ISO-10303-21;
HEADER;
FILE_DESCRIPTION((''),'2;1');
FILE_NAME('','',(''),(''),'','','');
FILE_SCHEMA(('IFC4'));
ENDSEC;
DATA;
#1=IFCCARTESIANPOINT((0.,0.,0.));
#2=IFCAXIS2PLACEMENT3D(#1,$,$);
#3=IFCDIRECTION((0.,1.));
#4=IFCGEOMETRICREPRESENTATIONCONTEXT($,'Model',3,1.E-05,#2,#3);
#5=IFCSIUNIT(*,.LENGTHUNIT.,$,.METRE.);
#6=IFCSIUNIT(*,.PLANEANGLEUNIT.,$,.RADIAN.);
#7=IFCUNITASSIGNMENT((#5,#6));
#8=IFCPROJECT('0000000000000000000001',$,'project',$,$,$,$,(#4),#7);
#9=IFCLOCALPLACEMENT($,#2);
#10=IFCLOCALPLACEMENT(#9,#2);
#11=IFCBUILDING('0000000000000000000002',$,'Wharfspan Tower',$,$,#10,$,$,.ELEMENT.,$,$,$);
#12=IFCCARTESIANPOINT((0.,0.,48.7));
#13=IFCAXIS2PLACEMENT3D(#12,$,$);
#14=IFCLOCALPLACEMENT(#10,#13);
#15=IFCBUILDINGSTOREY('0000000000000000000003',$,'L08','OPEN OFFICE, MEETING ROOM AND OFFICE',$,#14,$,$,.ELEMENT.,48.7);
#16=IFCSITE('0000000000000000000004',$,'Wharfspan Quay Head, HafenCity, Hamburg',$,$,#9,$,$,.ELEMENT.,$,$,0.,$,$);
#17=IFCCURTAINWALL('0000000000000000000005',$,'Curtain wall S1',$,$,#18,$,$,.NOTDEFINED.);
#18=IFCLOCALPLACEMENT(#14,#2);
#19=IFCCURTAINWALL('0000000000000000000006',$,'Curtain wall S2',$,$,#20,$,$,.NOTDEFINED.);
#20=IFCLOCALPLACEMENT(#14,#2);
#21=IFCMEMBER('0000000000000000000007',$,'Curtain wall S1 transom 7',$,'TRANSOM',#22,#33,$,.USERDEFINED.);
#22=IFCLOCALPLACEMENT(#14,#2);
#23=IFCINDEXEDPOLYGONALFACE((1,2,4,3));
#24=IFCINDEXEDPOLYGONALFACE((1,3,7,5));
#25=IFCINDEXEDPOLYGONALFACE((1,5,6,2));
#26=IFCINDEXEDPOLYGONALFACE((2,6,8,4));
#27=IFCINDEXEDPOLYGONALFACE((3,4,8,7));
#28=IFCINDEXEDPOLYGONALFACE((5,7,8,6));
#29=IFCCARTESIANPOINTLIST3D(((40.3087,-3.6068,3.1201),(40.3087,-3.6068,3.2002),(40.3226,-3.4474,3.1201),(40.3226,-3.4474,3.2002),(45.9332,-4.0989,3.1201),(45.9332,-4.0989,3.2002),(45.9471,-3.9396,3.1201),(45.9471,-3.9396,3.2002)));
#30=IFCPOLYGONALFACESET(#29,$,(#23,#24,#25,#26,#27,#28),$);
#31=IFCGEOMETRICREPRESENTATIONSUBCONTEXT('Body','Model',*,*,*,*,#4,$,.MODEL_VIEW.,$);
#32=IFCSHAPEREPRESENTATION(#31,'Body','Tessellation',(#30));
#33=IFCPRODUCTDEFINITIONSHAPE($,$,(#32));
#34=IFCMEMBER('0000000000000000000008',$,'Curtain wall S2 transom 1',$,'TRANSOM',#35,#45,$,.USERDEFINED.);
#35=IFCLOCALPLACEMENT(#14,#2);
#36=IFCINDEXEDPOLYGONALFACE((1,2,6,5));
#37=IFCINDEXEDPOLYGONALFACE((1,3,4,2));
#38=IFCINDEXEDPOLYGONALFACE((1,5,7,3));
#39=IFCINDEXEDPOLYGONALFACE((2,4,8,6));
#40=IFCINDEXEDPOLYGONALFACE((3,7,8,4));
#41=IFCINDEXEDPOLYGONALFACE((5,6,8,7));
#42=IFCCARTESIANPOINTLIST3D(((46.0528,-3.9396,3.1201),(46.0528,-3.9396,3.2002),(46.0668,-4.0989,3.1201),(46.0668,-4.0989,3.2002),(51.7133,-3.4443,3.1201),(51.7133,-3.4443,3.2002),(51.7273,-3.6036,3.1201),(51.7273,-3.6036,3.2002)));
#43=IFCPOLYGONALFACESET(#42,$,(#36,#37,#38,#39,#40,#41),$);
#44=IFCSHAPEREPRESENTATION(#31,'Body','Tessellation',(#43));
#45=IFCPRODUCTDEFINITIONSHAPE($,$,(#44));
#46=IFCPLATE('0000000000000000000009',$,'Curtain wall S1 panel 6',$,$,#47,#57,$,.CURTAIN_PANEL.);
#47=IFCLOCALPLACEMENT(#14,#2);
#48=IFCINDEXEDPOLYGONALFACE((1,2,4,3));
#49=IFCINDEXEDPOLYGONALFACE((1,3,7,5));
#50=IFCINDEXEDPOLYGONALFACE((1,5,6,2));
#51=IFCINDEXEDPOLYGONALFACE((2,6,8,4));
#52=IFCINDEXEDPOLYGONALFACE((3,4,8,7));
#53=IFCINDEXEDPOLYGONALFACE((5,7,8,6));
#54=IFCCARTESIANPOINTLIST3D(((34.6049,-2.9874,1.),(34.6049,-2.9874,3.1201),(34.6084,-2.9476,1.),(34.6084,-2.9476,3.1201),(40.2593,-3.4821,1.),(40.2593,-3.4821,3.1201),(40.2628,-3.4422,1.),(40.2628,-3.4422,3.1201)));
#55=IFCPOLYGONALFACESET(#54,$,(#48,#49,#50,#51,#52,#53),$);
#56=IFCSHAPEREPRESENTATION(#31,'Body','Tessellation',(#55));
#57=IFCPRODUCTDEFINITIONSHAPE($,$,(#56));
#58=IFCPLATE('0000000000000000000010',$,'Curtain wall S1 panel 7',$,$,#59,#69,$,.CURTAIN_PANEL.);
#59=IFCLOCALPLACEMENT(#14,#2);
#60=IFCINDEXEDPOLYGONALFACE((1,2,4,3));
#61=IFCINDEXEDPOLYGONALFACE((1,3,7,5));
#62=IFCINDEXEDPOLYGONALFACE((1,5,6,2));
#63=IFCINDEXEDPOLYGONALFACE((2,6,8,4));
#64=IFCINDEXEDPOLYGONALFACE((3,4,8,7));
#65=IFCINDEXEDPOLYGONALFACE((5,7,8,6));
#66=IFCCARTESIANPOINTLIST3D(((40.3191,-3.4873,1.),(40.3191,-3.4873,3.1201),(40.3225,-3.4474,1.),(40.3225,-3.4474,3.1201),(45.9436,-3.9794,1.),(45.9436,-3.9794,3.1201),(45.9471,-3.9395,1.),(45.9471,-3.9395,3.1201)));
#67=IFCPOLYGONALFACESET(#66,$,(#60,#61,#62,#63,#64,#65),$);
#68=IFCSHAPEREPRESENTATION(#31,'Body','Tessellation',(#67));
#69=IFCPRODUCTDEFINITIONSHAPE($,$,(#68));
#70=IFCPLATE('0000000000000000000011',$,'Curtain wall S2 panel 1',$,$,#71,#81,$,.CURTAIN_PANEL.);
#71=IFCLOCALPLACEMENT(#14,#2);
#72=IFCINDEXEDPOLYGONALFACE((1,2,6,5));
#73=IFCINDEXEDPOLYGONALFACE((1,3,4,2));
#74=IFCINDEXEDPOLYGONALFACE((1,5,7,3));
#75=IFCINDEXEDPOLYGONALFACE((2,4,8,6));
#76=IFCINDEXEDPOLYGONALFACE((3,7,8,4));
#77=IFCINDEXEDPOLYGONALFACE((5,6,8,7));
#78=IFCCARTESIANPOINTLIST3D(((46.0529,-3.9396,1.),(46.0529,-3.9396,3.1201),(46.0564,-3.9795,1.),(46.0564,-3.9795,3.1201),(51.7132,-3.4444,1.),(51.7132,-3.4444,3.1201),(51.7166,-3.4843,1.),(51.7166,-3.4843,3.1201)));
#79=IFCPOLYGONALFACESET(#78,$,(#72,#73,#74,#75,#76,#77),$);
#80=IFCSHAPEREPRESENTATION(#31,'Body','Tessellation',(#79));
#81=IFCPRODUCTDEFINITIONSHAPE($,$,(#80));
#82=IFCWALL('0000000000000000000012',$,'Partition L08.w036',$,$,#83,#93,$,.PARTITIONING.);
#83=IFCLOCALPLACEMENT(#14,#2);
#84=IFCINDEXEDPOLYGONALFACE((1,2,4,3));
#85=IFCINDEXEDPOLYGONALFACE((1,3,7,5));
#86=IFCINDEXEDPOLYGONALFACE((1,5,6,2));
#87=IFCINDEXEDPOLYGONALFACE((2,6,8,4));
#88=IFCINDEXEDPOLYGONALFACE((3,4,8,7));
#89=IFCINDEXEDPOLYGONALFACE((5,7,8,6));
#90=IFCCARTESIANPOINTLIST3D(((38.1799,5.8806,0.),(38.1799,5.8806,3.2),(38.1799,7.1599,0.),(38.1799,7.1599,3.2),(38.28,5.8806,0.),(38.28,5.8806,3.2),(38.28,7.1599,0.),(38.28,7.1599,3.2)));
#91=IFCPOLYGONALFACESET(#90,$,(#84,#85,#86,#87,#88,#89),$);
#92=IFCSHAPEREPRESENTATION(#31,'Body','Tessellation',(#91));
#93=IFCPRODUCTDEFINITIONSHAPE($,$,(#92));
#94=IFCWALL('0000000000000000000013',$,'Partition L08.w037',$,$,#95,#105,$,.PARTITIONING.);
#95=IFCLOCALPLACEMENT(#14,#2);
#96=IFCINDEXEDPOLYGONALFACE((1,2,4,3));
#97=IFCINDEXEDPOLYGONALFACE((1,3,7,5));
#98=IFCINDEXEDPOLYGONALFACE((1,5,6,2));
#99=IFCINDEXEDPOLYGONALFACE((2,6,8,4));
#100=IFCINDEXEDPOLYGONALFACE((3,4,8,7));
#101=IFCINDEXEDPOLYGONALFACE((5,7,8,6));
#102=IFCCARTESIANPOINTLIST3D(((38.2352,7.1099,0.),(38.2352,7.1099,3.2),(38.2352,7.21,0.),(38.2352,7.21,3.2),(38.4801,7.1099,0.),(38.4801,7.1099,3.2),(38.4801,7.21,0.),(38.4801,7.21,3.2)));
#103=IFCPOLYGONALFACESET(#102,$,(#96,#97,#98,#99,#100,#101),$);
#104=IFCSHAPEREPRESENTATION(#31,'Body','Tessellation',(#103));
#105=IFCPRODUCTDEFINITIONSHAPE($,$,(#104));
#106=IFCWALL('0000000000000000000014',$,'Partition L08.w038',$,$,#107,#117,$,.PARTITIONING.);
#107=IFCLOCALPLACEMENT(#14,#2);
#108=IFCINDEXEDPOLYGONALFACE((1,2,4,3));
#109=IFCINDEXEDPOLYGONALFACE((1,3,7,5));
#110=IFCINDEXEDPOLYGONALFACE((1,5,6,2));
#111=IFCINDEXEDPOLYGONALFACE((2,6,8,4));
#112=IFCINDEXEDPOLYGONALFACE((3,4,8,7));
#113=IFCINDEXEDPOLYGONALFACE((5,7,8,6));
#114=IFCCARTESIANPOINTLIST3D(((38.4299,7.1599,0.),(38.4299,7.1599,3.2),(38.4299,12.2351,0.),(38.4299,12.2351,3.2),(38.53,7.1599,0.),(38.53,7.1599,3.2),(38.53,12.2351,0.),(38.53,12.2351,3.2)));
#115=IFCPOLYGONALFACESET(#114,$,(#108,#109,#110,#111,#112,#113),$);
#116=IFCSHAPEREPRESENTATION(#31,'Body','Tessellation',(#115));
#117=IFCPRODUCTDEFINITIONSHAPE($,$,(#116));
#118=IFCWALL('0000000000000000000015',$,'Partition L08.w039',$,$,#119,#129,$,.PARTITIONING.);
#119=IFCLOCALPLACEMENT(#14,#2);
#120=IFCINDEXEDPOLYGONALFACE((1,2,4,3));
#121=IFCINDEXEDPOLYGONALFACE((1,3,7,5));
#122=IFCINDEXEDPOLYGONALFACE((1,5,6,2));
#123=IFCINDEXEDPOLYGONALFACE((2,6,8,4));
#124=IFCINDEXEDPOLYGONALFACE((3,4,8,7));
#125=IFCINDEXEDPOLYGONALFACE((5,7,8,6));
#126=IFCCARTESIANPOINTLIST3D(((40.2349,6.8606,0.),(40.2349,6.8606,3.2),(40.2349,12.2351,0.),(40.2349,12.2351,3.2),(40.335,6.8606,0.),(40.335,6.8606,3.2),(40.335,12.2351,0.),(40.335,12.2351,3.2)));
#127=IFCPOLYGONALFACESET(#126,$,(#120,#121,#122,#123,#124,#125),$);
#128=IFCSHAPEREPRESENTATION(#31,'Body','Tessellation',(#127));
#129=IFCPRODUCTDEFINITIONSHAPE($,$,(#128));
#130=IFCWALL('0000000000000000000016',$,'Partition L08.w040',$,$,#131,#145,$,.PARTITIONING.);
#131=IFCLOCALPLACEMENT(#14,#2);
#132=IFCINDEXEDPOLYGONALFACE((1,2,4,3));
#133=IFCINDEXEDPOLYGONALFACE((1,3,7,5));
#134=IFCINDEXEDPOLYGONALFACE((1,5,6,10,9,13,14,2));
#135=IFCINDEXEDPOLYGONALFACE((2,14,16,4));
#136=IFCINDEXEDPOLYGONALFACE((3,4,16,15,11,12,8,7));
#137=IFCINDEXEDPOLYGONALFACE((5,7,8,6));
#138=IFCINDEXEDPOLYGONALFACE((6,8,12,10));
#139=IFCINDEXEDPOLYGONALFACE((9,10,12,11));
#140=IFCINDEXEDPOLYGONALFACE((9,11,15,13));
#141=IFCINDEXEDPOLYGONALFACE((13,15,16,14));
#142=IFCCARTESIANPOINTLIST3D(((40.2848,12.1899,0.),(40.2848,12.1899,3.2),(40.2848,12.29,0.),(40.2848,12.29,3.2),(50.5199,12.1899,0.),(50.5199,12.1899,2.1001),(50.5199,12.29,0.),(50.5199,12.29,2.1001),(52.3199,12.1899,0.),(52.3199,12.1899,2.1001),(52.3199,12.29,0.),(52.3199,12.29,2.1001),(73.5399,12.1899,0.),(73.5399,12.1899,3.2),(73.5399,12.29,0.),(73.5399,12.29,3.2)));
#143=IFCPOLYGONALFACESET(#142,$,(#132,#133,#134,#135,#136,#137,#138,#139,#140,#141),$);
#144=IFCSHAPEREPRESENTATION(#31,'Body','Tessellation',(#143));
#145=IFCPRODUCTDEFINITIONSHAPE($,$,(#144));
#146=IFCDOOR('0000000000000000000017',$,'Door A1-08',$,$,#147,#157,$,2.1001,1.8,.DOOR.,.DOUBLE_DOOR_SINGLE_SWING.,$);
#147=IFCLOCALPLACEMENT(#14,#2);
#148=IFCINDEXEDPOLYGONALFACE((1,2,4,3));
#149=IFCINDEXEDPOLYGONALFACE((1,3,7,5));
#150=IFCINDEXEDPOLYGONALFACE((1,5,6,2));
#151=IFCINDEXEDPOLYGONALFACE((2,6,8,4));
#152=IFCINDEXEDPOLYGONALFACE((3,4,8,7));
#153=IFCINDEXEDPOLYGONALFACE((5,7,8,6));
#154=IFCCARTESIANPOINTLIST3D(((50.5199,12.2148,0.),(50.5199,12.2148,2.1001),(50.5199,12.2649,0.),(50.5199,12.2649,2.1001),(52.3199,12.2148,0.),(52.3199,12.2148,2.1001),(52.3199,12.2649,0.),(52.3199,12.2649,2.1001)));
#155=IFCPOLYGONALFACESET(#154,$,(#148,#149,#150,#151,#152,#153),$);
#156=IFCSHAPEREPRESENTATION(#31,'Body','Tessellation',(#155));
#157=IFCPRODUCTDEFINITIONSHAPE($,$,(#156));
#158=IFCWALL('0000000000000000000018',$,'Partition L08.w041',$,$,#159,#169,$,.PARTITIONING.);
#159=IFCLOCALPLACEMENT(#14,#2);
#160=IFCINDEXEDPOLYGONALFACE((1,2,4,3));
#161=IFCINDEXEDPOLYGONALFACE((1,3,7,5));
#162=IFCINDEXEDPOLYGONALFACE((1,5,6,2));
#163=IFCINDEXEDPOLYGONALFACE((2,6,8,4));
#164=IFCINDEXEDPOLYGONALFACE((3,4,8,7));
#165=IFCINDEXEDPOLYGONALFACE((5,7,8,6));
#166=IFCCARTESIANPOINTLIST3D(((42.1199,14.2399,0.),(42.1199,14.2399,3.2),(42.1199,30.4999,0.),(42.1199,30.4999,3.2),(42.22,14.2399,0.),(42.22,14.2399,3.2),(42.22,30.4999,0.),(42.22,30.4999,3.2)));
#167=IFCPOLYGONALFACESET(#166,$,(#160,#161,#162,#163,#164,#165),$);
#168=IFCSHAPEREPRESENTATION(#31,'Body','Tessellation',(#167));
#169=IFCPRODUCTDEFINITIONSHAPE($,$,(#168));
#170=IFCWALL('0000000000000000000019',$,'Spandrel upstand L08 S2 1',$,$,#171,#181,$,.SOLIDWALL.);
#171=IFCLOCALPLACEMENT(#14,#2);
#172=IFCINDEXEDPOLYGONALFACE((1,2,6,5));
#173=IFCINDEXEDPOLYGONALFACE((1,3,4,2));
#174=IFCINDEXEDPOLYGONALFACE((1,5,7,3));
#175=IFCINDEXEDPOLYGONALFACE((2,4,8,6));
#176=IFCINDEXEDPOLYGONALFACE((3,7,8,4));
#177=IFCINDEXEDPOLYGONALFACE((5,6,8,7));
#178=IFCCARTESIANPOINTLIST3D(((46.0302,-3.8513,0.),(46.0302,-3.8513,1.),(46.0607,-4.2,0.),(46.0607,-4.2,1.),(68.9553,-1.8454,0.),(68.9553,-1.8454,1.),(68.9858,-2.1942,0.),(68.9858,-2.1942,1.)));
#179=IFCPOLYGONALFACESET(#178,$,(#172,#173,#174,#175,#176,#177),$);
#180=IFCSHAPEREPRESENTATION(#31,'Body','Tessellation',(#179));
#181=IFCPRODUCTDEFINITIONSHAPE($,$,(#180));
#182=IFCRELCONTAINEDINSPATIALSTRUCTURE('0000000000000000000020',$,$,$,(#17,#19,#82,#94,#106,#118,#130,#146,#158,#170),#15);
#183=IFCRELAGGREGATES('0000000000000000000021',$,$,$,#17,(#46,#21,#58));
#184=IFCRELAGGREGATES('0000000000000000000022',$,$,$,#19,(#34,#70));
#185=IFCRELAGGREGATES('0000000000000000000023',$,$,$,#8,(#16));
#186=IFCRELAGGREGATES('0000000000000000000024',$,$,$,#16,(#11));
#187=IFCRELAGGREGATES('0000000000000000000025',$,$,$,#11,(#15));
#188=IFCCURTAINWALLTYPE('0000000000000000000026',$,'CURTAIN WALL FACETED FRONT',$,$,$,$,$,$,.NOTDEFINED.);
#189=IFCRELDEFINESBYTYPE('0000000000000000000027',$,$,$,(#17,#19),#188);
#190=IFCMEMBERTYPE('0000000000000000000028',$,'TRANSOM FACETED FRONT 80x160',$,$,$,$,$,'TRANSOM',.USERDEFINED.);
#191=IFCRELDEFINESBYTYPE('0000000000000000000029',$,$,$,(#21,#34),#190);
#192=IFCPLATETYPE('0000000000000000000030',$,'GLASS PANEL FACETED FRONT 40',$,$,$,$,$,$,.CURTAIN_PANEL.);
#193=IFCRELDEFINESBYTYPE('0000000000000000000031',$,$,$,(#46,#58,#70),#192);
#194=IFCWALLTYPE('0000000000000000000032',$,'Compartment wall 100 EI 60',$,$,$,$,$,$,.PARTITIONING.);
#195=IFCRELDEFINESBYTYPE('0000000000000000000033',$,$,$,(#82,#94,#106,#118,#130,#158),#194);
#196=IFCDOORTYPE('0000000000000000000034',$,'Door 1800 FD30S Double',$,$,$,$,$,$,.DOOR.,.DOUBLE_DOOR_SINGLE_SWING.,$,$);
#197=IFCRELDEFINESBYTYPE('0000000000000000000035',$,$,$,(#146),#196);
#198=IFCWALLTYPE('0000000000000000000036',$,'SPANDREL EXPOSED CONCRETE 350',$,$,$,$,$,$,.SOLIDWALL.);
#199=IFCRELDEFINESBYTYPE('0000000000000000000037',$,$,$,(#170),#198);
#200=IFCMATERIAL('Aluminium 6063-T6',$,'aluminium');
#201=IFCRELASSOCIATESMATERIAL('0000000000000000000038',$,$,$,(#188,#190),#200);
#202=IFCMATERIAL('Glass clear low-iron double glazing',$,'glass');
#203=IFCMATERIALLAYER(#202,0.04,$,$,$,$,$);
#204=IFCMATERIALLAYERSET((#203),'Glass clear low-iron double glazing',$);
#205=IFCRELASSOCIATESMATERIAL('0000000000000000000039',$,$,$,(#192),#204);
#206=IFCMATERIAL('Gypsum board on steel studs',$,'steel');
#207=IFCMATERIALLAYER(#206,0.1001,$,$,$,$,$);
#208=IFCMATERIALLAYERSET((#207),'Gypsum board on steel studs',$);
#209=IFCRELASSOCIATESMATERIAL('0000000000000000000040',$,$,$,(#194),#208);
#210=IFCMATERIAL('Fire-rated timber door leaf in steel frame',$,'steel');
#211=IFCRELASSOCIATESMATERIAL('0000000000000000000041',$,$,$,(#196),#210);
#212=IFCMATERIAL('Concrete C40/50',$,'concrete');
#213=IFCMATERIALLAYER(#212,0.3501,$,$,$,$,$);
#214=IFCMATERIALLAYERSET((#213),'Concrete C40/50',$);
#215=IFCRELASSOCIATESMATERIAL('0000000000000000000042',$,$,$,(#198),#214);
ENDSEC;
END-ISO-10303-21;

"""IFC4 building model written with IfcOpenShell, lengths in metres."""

from ifc_helpers import new_model, si_unit, direction, frame, frame_2d, origin, origin_2d, place, context, subcontext, project, spatial, rectangle, extrude, material, layer, layer_set, material_profile, profile_set, type_object, element, fill, aggregate, save


model = new_model("IFC4")

# Units and contexts
model_context = context("Model", 3, precision=1e-05, world=origin(), true_north=direction((0.0, 1.0)))
body_context = subcontext(model_context, "Body", "Model", "MODEL_VIEW")
ifc_project = project(units=[si_unit("LENGTHUNIT", "METRE"), si_unit("PLANEANGLEUNIT", "RADIAN")], contexts=[model_context])

# Site, building, storey
site_placement = place(None, origin())
site = spatial("IfcSite", under=ifc_project, at=site_placement, Name="Wharfspan Quay Head, HafenCity, Hamburg", CompositionType="ELEMENT", RefElevation=0.0)
building_placement = place(site_placement, origin())
building = spatial("IfcBuilding", under=site, at=building_placement, Name="Wharfspan Tower", CompositionType="ELEMENT")
storey_placement = place(building_placement, frame((0.0, 0.0, 48.7)))
storey = spatial("IfcBuildingStorey", under=building, at=storey_placement, Name="L08", Description="OPEN OFFICE, MEETING ROOM AND OFFICE", CompositionType="ELEMENT", Elevation=48.7)

# Curtain wall
ifc_material_1 = material(Name="Aluminium 6063-T6", Category="aluminium")
curtain_wall_type = type_object("IfcCurtainWallType", Name="CURTAIN WALL FACETED FRONT", PredefinedType="NOTDEFINED", material=ifc_material_1)
curtain_wall_1_placement = place(storey_placement, origin())
curtain_wall_1 = element("IfcCurtainWall", 1, at=curtain_wall_1_placement, inside=storey, type_object=curtain_wall_type, Name="Curtain wall S1", PredefinedType="NOTDEFINED")

# Curtain wall
curtain_wall_2_placement = place(storey_placement, origin())
curtain_wall_2 = element("IfcCurtainWall", 2, at=curtain_wall_2_placement, inside=storey, type_object=curtain_wall_type, Name="Curtain wall S2", PredefinedType="NOTDEFINED")

# Members
ifc_material_profile_1 = material_profile(ifc_material_1, rectangle(XDim=0.1599, YDim=0.0801, at=origin_2d()))
ifc_profile_set_1 = profile_set([ifc_material_profile_1], Name="Aluminium 6063-T6")
member_type_1 = type_object("IfcMemberType", Name="TRANSOM FACETED FRONT 80x160", ElementType="TRANSOM", PredefinedType="USERDEFINED", material=ifc_profile_set_1)
member_1_placement = place(storey_placement, frame((40.3157, -3.5271, 3.1602), z_axis=(0.996193, -0.087174, 0.0), x_axis=(0.087174, 0.996193, 0.0)))
member_1 = element("IfcMember", 3, at=member_1_placement, type_object=member_type_1, Name="Curtain wall S1 transom 7", ObjectType="TRANSOM", PredefinedType="USERDEFINED", context=body_context, shape_type="SweptSolid", body=[
    extrude(rectangle(XDim=0.1599, YDim=0.0801, at=origin_2d()), origin(), (0.0, 0.0, 1.0), 5.646),
])
member_2_placement = place(storey_placement, frame((46.0598, -4.0193, 3.1602), z_axis=(0.996193, 0.08718, 0.0), x_axis=(-0.08718, 0.996193, 0.0)))
member_2 = element("IfcMember", 4, at=member_2_placement, type_object=member_type_1, Name="Curtain wall S2 transom 1", ObjectType="TRANSOM", PredefinedType="USERDEFINED", context=body_context, shape_type="SweptSolid", body=[
    extrude(rectangle(XDim=0.1599, YDim=0.0801, at=origin_2d()), origin(), (0.0, 0.0, 1.0), 5.6821),
])

# Plates
ifc_material_2 = material(Name="Glass clear low-iron double glazing", Category="glass")
ifc_layer_1 = layer(ifc_material_2, 0.04)
ifc_layer_set_1 = layer_set([ifc_layer_1], Name="Glass clear low-iron double glazing")
plate_type = type_object("IfcPlateType", Name="GLASS PANEL FACETED FRONT 40", PredefinedType="CURTAIN_PANEL", material=ifc_layer_set_1)
plate_1_placement = place(storey_placement, frame((37.4338, -3.2148, 1.0), z_axis=(0.0, 0.0, 1.0), x_axis=(0.996197, -0.087156, 0.0)))
plate_1 = element("IfcPlate", 5, at=plate_1_placement, type_object=plate_type, Name="Curtain wall S1 panel 6", PredefinedType="CURTAIN_PANEL", context=body_context, shape_type="SweptSolid", body=[
    extrude(rectangle(XDim=5.676, YDim=0.04, at=origin_2d()), origin(), (0.0, 0.0, 1.0), 2.1201),
])
plate_2_placement = place(storey_placement, frame((43.1331, -3.7134, 1.0), z_axis=(0.0, 0.0, 1.0), x_axis=(0.996197, -0.087156, 0.0)))
plate_2 = element("IfcPlate", 6, at=plate_2_placement, type_object=plate_type, Name="Curtain wall S1 panel 7", PredefinedType="CURTAIN_PANEL", context=body_context, shape_type="SweptSolid", body=[
    extrude(rectangle(XDim=5.646, YDim=0.04, at=origin_2d()), origin(), (0.0, 0.0, 1.0), 2.1201),
])
aggregate(curtain_wall_1, [plate_1, member_1, plate_2])
plate_3_placement = place(storey_placement, frame((48.8848, -3.7119, 1.0), z_axis=(0.0, 0.0, 1.0), x_axis=(0.996197, 0.087156, 0.0)))
plate_3 = element("IfcPlate", 7, at=plate_3_placement, type_object=plate_type, Name="Curtain wall S2 panel 1", PredefinedType="CURTAIN_PANEL", context=body_context, shape_type="SweptSolid", body=[
    extrude(rectangle(XDim=5.6819, YDim=0.04, at=origin_2d()), origin(), (0.0, 0.0, 1.0), 2.1201),
])
aggregate(curtain_wall_2, [member_2, plate_3])

# Walls
ifc_material_3 = material(Name="Gypsum board on steel studs", Category="steel")
ifc_layer_2 = layer(ifc_material_3, 0.1001)
ifc_layer_set_2 = layer_set([ifc_layer_2], Name="Gypsum board on steel studs")
wall_type_1 = type_object("IfcWallType", Name="Compartment wall 100 EI 60", PredefinedType="PARTITIONING", material=ifc_layer_set_2)
wall_1_placement = place(storey_placement, frame((38.23, 5.8806, 0.0), z_axis=(0.0, 0.0, 1.0), x_axis=(0.0, 1.0, 0.0)))
element("IfcWall", 8, at=wall_1_placement, inside=storey, type_object=wall_type_1, Name="Partition L08.w036", PredefinedType="PARTITIONING", context=body_context, shape_type="SweptSolid", body=[
    extrude(rectangle(XDim=1.2793, YDim=0.1001, at=frame_2d((0.6396, 0.0))), origin(), (0.0, 0.0, 1.0), 3.2),
])
wall_2_placement = place(storey_placement, frame((38.2351, 7.1599, 0.0), z_axis=(0.0, 0.0, 1.0), x_axis=(1.0, 0.0, 0.0)))
element("IfcWall", 9, at=wall_2_placement, inside=storey, type_object=wall_type_1, Name="Partition L08.w037", PredefinedType="PARTITIONING", context=body_context, shape_type="SweptSolid", body=[
    extrude(rectangle(XDim=0.2449, YDim=0.1001, at=frame_2d((0.1226, 0.0))), origin(), (0.0, 0.0, 1.0), 3.2),
])
wall_3_placement = place(storey_placement, frame((38.48, 7.1599, 0.0), z_axis=(0.0, 0.0, 1.0), x_axis=(0.0, 1.0, 0.0)))
element("IfcWall", 10, at=wall_3_placement, inside=storey, type_object=wall_type_1, Name="Partition L08.w038", PredefinedType="PARTITIONING", context=body_context, shape_type="SweptSolid", body=[
    extrude(rectangle(XDim=5.0752, YDim=0.1001, at=frame_2d((2.5376, 0.0))), origin(), (0.0, 0.0, 1.0), 3.2),
])
wall_4_placement = place(storey_placement, frame((40.2849, 6.8606, 0.0), z_axis=(0.0, 0.0, 1.0), x_axis=(0.0, 1.0, 0.0)))
element("IfcWall", 11, at=wall_4_placement, inside=storey, type_object=wall_type_1, Name="Partition L08.w039", PredefinedType="PARTITIONING", context=body_context, shape_type="SweptSolid", body=[
    extrude(rectangle(XDim=5.3745, YDim=0.1001, at=frame_2d((2.6873, 0.0))), origin(), (0.0, 0.0, 1.0), 3.2),
])

# Wall, opening, door
wall_5_placement = place(storey_placement, frame((40.2849, 12.24, 0.0), z_axis=(0.0, 0.0, 1.0), x_axis=(1.0, 0.0, 0.0)))
wall_5 = element("IfcWall", 12, at=wall_5_placement, inside=storey, type_object=wall_type_1, Name="Partition L08.w040", PredefinedType="PARTITIONING", context=body_context, shape_type="SweptSolid", body=[
    extrude(rectangle(XDim=33.2551, YDim=0.1001, at=frame_2d((16.6274, 0.0))), origin(), (0.0, 0.0, 1.0), 3.2),
])
opening_placement = place(wall_5_placement, frame((10.2351, 0.0, 0.0)))
opening = element("IfcOpeningElement", 13, at=opening_placement, cuts=wall_5, PredefinedType="OPENING", context=body_context, shape_type="SweptSolid", body=[
    extrude(rectangle(XDim=1.8, YDim=2.1001, at=frame_2d((0.8999, 1.05))), frame((0.0, 0.0601, 0.0), z_axis=(0.0, -1.0, 0.0), x_axis=(1.0, 0.0, 0.0)), (0.0, 0.0, 1.0), 0.1201),
])
ifc_material_4 = material(Name="Fire-rated timber door leaf in steel frame", Category="steel")
door_type = type_object("IfcDoorType", Name="Door 1800 FD30S Double", OperationType="DOUBLE_DOOR_SINGLE_SWING", PredefinedType="DOOR", material=ifc_material_4)
door_placement = place(opening_placement, origin())
door = element("IfcDoor", 14, at=door_placement, inside=storey, type_object=door_type, Name="Door A1-08", OperationType="DOUBLE_DOOR_SINGLE_SWING", OverallHeight=2.1001, OverallWidth=1.8, PredefinedType="DOOR", context=body_context, shape_type="SweptSolid", body=[
    extrude(rectangle(XDim=1.8, YDim=2.1001, at=frame_2d((0.8999, 1.05))), frame((0.0, 0.0249, 0.0), z_axis=(0.0, -1.0, 0.0), x_axis=(1.0, 0.0, 0.0)), (0.0, 0.0, 1.0), 0.05),
])
fill(opening, door)

# Walls
wall_6_placement = place(storey_placement, frame((42.1699, 14.24, 0.0), z_axis=(0.0, 0.0, 1.0), x_axis=(0.0, 1.0, 0.0)))
element("IfcWall", 15, at=wall_6_placement, inside=storey, type_object=wall_type_1, Name="Partition L08.w041", PredefinedType="PARTITIONING", context=body_context, shape_type="SweptSolid", body=[
    extrude(rectangle(XDim=16.26, YDim=0.1001, at=frame_2d((8.1299, 0.0))), origin(), (0.0, 0.0, 1.0), 3.2),
])
ifc_material_5 = material(Name="Concrete C40/50", Category="concrete")
ifc_layer_3 = layer(ifc_material_5, 0.3501)
ifc_layer_set_3 = layer_set([ifc_layer_3], Name="Concrete C40/50")
wall_type_2 = type_object("IfcWallType", Name="SPANDREL EXPOSED CONCRETE 350", PredefinedType="SOLIDWALL", material=ifc_layer_set_3)
wall_7_placement = place(storey_placement, frame((46.0454, -4.0256, 0.0), z_axis=(0.0, 0.0, 1.0), x_axis=(0.99619, 0.087163, 0.0)))
element("IfcWall", 16, at=wall_7_placement, inside=storey, type_object=wall_type_2, Name="Spandrel upstand L08 S2 1", PredefinedType="SOLIDWALL", context=body_context, shape_type="SweptSolid", body=[
    extrude(rectangle(XDim=23.0127, YDim=0.3501, at=frame_2d((11.5063, 0.0))), origin(), (0.0, 0.0, 1.0), 1.0),
])

save(model, "model.ifc")
